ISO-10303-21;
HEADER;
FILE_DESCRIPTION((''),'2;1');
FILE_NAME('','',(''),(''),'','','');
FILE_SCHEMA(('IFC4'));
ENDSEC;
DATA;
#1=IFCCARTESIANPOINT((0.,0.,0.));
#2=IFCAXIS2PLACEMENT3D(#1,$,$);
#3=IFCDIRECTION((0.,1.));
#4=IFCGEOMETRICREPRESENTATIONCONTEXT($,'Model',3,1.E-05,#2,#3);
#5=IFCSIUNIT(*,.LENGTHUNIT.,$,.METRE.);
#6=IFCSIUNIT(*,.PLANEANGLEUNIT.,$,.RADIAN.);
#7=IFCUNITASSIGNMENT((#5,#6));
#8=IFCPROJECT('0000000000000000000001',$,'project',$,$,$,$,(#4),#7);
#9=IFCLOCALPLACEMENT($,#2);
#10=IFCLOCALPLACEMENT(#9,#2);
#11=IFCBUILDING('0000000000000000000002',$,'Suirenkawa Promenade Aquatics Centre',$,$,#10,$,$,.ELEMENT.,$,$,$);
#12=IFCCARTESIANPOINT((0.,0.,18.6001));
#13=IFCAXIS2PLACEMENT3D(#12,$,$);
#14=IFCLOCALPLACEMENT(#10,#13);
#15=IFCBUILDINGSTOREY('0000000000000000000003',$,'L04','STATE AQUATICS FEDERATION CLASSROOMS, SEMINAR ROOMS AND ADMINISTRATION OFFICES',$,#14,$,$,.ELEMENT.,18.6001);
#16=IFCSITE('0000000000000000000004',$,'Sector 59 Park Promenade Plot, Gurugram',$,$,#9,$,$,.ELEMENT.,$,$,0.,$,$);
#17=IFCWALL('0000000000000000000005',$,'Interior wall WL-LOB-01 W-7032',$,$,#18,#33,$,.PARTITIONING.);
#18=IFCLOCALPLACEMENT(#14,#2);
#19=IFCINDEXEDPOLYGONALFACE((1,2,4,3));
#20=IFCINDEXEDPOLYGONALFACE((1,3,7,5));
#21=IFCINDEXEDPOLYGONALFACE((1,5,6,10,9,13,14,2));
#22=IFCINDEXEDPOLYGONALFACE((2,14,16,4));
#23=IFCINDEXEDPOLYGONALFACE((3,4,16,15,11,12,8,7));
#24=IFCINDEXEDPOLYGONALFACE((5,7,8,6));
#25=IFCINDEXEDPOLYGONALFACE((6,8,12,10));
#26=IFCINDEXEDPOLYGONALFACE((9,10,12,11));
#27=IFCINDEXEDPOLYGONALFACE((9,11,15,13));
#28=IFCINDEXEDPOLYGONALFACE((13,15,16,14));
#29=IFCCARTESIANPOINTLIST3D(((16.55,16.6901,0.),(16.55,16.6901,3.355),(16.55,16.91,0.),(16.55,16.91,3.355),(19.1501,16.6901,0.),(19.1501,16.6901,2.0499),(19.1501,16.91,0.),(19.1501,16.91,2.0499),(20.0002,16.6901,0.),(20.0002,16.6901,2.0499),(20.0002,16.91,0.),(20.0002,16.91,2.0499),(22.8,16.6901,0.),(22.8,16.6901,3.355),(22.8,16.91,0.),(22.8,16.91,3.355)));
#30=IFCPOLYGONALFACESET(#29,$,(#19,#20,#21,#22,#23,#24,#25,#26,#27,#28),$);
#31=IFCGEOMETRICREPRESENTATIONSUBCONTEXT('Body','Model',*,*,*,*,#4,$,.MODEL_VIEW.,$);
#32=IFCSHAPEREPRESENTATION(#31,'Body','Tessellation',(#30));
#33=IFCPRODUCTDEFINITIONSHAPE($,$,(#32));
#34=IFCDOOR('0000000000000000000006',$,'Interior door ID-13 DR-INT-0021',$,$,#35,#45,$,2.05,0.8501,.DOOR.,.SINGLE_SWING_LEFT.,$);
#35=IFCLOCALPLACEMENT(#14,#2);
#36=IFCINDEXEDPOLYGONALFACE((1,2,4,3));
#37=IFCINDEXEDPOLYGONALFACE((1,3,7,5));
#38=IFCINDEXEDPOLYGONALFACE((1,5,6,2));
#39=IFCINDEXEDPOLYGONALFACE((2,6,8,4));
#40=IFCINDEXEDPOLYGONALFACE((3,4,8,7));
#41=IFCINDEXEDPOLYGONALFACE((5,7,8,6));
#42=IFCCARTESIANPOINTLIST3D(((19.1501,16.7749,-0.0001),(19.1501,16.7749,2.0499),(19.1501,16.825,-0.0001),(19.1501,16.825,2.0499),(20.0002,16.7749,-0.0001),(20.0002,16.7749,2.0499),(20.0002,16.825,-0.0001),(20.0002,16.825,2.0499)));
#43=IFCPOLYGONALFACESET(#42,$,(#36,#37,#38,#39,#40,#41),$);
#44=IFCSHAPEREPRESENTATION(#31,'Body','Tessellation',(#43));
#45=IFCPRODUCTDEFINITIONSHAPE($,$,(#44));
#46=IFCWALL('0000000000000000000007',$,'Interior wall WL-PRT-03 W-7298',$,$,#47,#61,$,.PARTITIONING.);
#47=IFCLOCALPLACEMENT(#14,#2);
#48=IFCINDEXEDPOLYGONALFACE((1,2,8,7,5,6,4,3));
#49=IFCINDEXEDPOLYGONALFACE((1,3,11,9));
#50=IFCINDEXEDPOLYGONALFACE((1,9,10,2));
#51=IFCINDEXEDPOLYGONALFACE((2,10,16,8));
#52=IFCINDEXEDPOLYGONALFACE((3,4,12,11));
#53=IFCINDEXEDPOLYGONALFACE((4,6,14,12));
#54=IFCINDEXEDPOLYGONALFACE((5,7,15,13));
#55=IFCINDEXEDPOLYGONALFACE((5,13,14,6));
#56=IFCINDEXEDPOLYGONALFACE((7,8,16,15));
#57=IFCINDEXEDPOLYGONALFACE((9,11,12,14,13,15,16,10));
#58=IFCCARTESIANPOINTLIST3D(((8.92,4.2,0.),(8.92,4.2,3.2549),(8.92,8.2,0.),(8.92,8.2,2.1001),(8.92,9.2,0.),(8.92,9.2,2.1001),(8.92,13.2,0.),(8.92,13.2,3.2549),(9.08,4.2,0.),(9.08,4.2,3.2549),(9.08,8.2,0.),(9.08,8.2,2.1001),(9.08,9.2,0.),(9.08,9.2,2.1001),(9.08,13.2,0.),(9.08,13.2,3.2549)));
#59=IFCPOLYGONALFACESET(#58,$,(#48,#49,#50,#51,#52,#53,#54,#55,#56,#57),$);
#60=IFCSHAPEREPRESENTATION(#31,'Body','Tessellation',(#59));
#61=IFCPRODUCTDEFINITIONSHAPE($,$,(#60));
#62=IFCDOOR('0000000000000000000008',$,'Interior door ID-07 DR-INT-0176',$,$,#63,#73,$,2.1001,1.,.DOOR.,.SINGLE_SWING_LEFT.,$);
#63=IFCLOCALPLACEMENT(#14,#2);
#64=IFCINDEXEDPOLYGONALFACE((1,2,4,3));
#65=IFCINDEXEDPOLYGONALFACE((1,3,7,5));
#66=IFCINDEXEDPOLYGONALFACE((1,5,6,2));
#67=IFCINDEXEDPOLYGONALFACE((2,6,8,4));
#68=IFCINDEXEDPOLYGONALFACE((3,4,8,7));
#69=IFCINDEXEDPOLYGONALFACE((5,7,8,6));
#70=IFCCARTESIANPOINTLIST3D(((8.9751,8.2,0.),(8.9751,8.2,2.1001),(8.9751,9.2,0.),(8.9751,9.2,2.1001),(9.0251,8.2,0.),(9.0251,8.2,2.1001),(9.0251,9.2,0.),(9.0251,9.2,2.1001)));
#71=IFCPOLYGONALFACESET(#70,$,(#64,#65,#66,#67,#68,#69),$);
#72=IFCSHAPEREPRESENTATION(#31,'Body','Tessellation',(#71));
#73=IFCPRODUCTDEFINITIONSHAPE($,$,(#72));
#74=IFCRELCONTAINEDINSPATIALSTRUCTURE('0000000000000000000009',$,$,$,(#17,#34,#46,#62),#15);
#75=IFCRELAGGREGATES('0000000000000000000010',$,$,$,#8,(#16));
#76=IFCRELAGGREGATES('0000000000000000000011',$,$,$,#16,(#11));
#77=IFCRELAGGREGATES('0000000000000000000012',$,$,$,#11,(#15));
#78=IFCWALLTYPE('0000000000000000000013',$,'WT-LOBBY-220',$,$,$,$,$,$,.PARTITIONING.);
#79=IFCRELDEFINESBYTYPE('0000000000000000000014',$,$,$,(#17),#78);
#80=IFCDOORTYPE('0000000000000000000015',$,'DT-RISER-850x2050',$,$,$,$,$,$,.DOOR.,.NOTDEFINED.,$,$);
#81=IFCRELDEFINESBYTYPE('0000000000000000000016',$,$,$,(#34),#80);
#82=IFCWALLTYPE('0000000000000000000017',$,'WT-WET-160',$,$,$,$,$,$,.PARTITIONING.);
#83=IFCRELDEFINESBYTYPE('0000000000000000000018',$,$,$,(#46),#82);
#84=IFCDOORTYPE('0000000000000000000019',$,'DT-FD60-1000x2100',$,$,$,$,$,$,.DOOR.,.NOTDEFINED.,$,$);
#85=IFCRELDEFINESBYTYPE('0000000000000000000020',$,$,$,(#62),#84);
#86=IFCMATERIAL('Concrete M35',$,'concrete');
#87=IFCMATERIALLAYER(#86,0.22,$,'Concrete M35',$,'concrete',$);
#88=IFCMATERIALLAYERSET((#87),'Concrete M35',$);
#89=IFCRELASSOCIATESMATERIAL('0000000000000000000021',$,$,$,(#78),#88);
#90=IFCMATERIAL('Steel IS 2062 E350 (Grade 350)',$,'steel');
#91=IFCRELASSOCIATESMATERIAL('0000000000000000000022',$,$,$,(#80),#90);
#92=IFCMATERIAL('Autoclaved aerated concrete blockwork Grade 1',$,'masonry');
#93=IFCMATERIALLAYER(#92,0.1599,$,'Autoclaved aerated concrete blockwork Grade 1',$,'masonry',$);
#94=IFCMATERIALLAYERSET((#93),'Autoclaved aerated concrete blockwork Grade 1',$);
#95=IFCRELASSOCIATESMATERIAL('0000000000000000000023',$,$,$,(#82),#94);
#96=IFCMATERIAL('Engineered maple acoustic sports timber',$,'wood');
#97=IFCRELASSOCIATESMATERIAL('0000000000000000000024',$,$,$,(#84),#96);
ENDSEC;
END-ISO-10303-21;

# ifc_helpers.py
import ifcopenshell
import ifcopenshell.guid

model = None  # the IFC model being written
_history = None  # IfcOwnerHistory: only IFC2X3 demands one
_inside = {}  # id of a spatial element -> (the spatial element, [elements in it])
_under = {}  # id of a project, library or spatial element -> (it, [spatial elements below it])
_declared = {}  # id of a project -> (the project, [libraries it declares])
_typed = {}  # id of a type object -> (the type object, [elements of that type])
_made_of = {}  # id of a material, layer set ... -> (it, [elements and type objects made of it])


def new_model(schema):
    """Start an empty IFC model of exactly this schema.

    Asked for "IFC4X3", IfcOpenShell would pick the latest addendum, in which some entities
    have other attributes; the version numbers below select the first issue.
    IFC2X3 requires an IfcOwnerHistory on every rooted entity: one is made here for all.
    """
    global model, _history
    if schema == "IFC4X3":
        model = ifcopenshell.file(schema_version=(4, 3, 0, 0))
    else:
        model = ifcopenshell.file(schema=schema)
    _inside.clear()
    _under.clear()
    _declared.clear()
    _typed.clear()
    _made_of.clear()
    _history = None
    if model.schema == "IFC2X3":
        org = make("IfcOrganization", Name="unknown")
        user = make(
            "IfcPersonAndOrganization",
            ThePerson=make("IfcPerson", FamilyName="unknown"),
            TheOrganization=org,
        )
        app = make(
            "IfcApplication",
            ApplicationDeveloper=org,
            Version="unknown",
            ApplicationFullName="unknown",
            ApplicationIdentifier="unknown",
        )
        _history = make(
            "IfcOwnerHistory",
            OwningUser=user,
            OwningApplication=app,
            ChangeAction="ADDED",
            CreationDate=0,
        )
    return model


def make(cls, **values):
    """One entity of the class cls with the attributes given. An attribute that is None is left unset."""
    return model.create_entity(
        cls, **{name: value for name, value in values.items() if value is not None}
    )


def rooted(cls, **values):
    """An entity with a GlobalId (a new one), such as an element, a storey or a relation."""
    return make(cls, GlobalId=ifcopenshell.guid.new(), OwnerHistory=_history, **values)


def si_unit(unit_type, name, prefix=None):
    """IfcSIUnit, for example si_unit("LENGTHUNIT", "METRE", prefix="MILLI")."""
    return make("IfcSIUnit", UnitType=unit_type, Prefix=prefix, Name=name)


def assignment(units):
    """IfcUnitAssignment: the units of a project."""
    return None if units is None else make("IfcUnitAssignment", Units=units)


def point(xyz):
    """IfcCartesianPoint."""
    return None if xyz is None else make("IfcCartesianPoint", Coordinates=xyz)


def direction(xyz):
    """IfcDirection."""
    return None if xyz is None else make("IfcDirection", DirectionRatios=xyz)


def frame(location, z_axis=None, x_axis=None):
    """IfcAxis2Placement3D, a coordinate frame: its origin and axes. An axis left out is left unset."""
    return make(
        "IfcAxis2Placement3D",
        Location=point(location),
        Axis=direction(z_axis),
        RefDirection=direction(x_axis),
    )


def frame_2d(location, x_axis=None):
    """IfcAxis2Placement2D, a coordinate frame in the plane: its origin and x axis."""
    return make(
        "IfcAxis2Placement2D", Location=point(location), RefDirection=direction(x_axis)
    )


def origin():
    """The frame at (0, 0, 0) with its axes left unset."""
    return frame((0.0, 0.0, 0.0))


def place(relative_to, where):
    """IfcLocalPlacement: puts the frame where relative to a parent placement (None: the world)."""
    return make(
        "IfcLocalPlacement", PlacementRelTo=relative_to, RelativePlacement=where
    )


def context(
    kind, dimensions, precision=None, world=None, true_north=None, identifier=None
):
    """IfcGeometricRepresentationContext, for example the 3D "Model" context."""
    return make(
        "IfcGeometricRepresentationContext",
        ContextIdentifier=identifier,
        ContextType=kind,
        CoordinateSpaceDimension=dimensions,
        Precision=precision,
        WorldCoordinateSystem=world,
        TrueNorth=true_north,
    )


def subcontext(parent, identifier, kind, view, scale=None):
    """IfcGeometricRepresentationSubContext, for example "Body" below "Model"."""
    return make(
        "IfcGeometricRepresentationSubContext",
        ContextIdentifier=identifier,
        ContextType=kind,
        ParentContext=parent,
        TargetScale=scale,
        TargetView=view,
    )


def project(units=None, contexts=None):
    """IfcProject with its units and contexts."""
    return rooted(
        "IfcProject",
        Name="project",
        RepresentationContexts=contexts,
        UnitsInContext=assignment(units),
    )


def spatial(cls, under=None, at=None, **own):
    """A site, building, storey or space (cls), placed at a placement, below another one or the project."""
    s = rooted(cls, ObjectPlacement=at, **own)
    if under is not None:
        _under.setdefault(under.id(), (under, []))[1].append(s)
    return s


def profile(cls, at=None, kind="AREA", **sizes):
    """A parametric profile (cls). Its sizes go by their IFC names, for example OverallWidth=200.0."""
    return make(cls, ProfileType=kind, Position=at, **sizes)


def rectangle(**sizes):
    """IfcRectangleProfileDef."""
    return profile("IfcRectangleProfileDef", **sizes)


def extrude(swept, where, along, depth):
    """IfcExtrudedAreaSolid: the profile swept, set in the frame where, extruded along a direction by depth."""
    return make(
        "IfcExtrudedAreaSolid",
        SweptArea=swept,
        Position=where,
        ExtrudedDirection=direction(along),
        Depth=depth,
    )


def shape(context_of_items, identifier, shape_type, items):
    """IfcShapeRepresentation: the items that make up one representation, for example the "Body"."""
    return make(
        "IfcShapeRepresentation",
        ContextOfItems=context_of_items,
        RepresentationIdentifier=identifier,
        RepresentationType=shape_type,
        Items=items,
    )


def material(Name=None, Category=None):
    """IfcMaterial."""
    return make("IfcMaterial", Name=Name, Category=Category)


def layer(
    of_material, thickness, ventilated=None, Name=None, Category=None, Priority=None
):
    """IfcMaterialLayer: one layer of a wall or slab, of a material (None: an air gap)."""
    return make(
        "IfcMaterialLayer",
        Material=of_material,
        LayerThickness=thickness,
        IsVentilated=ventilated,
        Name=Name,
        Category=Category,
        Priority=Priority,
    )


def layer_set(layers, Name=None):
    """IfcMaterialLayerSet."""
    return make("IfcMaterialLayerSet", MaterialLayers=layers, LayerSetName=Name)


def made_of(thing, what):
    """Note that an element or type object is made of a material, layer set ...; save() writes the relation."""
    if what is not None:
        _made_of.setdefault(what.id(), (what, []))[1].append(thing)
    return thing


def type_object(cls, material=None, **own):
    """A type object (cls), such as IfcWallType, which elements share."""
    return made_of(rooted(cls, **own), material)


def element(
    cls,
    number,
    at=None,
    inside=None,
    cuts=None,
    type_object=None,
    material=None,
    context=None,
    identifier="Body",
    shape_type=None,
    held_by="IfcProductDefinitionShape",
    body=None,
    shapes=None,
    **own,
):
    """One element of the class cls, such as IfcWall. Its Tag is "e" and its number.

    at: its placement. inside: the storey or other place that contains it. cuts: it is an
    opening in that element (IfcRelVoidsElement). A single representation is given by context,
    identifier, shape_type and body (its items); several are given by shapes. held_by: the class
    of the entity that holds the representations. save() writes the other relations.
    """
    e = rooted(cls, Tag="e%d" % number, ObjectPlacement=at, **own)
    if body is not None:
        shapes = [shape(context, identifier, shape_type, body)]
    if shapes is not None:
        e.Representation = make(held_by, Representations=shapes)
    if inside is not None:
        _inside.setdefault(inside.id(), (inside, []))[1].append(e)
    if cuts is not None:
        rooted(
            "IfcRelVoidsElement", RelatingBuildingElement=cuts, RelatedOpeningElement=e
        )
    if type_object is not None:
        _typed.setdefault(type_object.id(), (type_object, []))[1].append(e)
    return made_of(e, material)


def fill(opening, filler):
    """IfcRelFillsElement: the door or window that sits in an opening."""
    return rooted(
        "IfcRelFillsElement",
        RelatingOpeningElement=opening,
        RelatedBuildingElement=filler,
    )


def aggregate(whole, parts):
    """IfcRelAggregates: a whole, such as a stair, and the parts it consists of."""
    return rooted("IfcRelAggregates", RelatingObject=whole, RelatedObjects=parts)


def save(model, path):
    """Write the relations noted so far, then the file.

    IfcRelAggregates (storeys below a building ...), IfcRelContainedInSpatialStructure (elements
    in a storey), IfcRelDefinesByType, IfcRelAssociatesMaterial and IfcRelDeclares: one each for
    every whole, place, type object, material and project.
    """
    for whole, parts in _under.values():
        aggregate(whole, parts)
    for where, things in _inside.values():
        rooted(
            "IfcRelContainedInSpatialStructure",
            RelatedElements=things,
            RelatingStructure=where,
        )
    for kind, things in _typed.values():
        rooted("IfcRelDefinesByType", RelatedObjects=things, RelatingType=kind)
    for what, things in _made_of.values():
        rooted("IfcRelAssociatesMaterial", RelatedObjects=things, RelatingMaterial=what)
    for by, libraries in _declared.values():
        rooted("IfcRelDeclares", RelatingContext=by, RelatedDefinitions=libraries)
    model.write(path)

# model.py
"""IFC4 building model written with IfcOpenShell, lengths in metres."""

from ifc_helpers import new_model, si_unit, direction, frame, frame_2d, origin, place, context, subcontext, project, spatial, rectangle, extrude, material, layer, layer_set, type_object, element, fill, save


model = new_model("IFC4")

# Units and contexts
model_context = context("Model", 3, precision=1e-05, world=origin(), true_north=direction((0.0, 1.0)))
body_context = subcontext(model_context, "Body", "Model", "MODEL_VIEW")
ifc_project = project(units=[si_unit("LENGTHUNIT", "METRE"), si_unit("PLANEANGLEUNIT", "RADIAN")], contexts=[model_context])

# Site, building, storey
site_placement = place(None, origin())
site = spatial("IfcSite", under=ifc_project, at=site_placement, Name="Sector 59 Park Promenade Plot, Gurugram", CompositionType="ELEMENT", RefElevation=0.0)
building_placement = place(site_placement, origin())
building = spatial("IfcBuilding", under=site, at=building_placement, Name="Suirenkawa Promenade Aquatics Centre", CompositionType="ELEMENT")
storey_placement = place(building_placement, frame((0.0, 0.0, 18.6001)))
storey = spatial("IfcBuildingStorey", under=building, at=storey_placement, Name="L04", Description="STATE AQUATICS FEDERATION CLASSROOMS, SEMINAR ROOMS AND ADMINISTRATION OFFICES", CompositionType="ELEMENT", Elevation=18.6001)

# Shared definitions
ifc_material_1 = material(Name="Steel IS 2062 E350 (Grade 350)", Category="steel")
ifc_material_2 = material(Name="Concrete M35", Category="concrete")

# Shared definitions
ifc_layer_1 = layer(ifc_material_2, 0.22, Name="Concrete M35", Category="concrete")
ifc_layer_set_1 = layer_set([ifc_layer_1], Name="Concrete M35")
wall_type_1 = type_object("IfcWallType", Name="WT-LOBBY-220", PredefinedType="PARTITIONING", material=ifc_layer_set_1)

# Walls, openings, doors
wall_1_placement = place(storey_placement, frame((16.55, 16.8, 0.0), z_axis=(0.0, 0.0, 1.0), x_axis=(1.0, 0.0, 0.0)))
wall_1 = element("IfcWall", 1, at=wall_1_placement, inside=storey, type_object=wall_type_1, Name="Interior wall WL-LOB-01 W-7032", PredefinedType="PARTITIONING", context=body_context, shape_type="SweptSolid", body=[
    extrude(rectangle(XDim=6.25, YDim=0.22, at=frame_2d((3.125, 0.0))), origin(), (0.0, 0.0, 1.0), 3.355),
])
opening_1_placement = place(wall_1_placement, frame((2.6001, 0.0, 0.0)))
opening_1 = element("IfcOpeningElement", 2, at=opening_1_placement, cuts=wall_1, PredefinedType="OPENING", context=body_context, shape_type="SweptSolid", body=[
    extrude(rectangle(XDim=0.8501, YDim=2.05, at=frame_2d((0.425, 1.0249))), frame((0.0, 0.1199, 0.0), z_axis=(0.0, -1.0, 0.0), x_axis=(1.0, 0.0, 0.0)), (0.0, 0.0, 1.0), 0.24),
])
door_type_1 = type_object("IfcDoorType", Name="DT-RISER-850x2050", OperationType="NOTDEFINED", PredefinedType="DOOR", material=ifc_material_1)
door_1_placement = place(opening_1_placement, origin())
door_1 = element("IfcDoor", 3, at=door_1_placement, inside=storey, type_object=door_type_1, Name="Interior door ID-13 DR-INT-0021", OperationType="SINGLE_SWING_LEFT", OverallHeight=2.05, OverallWidth=0.8501, PredefinedType="DOOR", context=body_context, shape_type="SweptSolid", body=[
    extrude(rectangle(XDim=0.8501, YDim=2.05, at=frame_2d((0.425, 1.0249))), frame((0.0, 0.0249, 0.0), z_axis=(0.0, -1.0, 0.0), x_axis=(1.0, 0.0, 0.0)), (0.0, 0.0, 1.0), 0.05),
])
fill(opening_1, door_1)
ifc_material_3 = material(Name="Autoclaved aerated concrete blockwork Grade 1", Category="masonry")
ifc_layer_2 = layer(ifc_material_3, 0.1599, Name="Autoclaved aerated concrete blockwork Grade 1", Category="masonry")
ifc_layer_set_2 = layer_set([ifc_layer_2], Name="Autoclaved aerated concrete blockwork Grade 1")
wall_type_2 = type_object("IfcWallType", Name="WT-WET-160", PredefinedType="PARTITIONING", material=ifc_layer_set_2)
wall_2_placement = place(storey_placement, frame((9.0, 4.2, 0.0), z_axis=(0.0, 0.0, 1.0), x_axis=(0.0, 1.0, 0.0)))
wall_2 = element("IfcWall", 4, at=wall_2_placement, inside=storey, type_object=wall_type_2, Name="Interior wall WL-PRT-03 W-7298", PredefinedType="PARTITIONING", context=body_context, shape_type="SweptSolid", body=[
    extrude(rectangle(XDim=9.0, YDim=0.1599, at=frame_2d((4.5, 0.0))), origin(), (0.0, 0.0, 1.0), 3.2549),
])
opening_2_placement = place(wall_2_placement, frame((4.0, 0.0, 0.0)))
opening_2 = element("IfcOpeningElement", 5, at=opening_2_placement, cuts=wall_2, PredefinedType="OPENING", context=body_context, shape_type="SweptSolid", body=[
    extrude(rectangle(XDim=1.0, YDim=2.1001, at=frame_2d((0.5, 1.05))), frame((0.0, 0.0898, 0.0), z_axis=(0.0, -1.0, 0.0), x_axis=(1.0, 0.0, 0.0)), (0.0, 0.0, 1.0), 0.1799),
])
ifc_material_4 = material(Name="Engineered maple acoustic sports timber", Category="wood")
door_type_2 = type_object("IfcDoorType", Name="DT-FD60-1000x2100", OperationType="NOTDEFINED", PredefinedType="DOOR", material=ifc_material_4)
door_2_placement = place(opening_2_placement, origin())
door_2 = element("IfcDoor", 6, at=door_2_placement, inside=storey, type_object=door_type_2, Name="Interior door ID-07 DR-INT-0176", OperationType="SINGLE_SWING_LEFT", OverallHeight=2.1001, OverallWidth=1.0, PredefinedType="DOOR", context=body_context, shape_type="SweptSolid", body=[
    extrude(rectangle(XDim=1.0, YDim=2.1001, at=frame_2d((0.5, 1.05))), frame((0.0, 0.0249, 0.0), z_axis=(0.0, -1.0, 0.0), x_axis=(1.0, 0.0, 0.0)), (0.0, 0.0, 1.0), 0.05),
])
fill(opening_2, door_2)

save(model, "model.ifc")
